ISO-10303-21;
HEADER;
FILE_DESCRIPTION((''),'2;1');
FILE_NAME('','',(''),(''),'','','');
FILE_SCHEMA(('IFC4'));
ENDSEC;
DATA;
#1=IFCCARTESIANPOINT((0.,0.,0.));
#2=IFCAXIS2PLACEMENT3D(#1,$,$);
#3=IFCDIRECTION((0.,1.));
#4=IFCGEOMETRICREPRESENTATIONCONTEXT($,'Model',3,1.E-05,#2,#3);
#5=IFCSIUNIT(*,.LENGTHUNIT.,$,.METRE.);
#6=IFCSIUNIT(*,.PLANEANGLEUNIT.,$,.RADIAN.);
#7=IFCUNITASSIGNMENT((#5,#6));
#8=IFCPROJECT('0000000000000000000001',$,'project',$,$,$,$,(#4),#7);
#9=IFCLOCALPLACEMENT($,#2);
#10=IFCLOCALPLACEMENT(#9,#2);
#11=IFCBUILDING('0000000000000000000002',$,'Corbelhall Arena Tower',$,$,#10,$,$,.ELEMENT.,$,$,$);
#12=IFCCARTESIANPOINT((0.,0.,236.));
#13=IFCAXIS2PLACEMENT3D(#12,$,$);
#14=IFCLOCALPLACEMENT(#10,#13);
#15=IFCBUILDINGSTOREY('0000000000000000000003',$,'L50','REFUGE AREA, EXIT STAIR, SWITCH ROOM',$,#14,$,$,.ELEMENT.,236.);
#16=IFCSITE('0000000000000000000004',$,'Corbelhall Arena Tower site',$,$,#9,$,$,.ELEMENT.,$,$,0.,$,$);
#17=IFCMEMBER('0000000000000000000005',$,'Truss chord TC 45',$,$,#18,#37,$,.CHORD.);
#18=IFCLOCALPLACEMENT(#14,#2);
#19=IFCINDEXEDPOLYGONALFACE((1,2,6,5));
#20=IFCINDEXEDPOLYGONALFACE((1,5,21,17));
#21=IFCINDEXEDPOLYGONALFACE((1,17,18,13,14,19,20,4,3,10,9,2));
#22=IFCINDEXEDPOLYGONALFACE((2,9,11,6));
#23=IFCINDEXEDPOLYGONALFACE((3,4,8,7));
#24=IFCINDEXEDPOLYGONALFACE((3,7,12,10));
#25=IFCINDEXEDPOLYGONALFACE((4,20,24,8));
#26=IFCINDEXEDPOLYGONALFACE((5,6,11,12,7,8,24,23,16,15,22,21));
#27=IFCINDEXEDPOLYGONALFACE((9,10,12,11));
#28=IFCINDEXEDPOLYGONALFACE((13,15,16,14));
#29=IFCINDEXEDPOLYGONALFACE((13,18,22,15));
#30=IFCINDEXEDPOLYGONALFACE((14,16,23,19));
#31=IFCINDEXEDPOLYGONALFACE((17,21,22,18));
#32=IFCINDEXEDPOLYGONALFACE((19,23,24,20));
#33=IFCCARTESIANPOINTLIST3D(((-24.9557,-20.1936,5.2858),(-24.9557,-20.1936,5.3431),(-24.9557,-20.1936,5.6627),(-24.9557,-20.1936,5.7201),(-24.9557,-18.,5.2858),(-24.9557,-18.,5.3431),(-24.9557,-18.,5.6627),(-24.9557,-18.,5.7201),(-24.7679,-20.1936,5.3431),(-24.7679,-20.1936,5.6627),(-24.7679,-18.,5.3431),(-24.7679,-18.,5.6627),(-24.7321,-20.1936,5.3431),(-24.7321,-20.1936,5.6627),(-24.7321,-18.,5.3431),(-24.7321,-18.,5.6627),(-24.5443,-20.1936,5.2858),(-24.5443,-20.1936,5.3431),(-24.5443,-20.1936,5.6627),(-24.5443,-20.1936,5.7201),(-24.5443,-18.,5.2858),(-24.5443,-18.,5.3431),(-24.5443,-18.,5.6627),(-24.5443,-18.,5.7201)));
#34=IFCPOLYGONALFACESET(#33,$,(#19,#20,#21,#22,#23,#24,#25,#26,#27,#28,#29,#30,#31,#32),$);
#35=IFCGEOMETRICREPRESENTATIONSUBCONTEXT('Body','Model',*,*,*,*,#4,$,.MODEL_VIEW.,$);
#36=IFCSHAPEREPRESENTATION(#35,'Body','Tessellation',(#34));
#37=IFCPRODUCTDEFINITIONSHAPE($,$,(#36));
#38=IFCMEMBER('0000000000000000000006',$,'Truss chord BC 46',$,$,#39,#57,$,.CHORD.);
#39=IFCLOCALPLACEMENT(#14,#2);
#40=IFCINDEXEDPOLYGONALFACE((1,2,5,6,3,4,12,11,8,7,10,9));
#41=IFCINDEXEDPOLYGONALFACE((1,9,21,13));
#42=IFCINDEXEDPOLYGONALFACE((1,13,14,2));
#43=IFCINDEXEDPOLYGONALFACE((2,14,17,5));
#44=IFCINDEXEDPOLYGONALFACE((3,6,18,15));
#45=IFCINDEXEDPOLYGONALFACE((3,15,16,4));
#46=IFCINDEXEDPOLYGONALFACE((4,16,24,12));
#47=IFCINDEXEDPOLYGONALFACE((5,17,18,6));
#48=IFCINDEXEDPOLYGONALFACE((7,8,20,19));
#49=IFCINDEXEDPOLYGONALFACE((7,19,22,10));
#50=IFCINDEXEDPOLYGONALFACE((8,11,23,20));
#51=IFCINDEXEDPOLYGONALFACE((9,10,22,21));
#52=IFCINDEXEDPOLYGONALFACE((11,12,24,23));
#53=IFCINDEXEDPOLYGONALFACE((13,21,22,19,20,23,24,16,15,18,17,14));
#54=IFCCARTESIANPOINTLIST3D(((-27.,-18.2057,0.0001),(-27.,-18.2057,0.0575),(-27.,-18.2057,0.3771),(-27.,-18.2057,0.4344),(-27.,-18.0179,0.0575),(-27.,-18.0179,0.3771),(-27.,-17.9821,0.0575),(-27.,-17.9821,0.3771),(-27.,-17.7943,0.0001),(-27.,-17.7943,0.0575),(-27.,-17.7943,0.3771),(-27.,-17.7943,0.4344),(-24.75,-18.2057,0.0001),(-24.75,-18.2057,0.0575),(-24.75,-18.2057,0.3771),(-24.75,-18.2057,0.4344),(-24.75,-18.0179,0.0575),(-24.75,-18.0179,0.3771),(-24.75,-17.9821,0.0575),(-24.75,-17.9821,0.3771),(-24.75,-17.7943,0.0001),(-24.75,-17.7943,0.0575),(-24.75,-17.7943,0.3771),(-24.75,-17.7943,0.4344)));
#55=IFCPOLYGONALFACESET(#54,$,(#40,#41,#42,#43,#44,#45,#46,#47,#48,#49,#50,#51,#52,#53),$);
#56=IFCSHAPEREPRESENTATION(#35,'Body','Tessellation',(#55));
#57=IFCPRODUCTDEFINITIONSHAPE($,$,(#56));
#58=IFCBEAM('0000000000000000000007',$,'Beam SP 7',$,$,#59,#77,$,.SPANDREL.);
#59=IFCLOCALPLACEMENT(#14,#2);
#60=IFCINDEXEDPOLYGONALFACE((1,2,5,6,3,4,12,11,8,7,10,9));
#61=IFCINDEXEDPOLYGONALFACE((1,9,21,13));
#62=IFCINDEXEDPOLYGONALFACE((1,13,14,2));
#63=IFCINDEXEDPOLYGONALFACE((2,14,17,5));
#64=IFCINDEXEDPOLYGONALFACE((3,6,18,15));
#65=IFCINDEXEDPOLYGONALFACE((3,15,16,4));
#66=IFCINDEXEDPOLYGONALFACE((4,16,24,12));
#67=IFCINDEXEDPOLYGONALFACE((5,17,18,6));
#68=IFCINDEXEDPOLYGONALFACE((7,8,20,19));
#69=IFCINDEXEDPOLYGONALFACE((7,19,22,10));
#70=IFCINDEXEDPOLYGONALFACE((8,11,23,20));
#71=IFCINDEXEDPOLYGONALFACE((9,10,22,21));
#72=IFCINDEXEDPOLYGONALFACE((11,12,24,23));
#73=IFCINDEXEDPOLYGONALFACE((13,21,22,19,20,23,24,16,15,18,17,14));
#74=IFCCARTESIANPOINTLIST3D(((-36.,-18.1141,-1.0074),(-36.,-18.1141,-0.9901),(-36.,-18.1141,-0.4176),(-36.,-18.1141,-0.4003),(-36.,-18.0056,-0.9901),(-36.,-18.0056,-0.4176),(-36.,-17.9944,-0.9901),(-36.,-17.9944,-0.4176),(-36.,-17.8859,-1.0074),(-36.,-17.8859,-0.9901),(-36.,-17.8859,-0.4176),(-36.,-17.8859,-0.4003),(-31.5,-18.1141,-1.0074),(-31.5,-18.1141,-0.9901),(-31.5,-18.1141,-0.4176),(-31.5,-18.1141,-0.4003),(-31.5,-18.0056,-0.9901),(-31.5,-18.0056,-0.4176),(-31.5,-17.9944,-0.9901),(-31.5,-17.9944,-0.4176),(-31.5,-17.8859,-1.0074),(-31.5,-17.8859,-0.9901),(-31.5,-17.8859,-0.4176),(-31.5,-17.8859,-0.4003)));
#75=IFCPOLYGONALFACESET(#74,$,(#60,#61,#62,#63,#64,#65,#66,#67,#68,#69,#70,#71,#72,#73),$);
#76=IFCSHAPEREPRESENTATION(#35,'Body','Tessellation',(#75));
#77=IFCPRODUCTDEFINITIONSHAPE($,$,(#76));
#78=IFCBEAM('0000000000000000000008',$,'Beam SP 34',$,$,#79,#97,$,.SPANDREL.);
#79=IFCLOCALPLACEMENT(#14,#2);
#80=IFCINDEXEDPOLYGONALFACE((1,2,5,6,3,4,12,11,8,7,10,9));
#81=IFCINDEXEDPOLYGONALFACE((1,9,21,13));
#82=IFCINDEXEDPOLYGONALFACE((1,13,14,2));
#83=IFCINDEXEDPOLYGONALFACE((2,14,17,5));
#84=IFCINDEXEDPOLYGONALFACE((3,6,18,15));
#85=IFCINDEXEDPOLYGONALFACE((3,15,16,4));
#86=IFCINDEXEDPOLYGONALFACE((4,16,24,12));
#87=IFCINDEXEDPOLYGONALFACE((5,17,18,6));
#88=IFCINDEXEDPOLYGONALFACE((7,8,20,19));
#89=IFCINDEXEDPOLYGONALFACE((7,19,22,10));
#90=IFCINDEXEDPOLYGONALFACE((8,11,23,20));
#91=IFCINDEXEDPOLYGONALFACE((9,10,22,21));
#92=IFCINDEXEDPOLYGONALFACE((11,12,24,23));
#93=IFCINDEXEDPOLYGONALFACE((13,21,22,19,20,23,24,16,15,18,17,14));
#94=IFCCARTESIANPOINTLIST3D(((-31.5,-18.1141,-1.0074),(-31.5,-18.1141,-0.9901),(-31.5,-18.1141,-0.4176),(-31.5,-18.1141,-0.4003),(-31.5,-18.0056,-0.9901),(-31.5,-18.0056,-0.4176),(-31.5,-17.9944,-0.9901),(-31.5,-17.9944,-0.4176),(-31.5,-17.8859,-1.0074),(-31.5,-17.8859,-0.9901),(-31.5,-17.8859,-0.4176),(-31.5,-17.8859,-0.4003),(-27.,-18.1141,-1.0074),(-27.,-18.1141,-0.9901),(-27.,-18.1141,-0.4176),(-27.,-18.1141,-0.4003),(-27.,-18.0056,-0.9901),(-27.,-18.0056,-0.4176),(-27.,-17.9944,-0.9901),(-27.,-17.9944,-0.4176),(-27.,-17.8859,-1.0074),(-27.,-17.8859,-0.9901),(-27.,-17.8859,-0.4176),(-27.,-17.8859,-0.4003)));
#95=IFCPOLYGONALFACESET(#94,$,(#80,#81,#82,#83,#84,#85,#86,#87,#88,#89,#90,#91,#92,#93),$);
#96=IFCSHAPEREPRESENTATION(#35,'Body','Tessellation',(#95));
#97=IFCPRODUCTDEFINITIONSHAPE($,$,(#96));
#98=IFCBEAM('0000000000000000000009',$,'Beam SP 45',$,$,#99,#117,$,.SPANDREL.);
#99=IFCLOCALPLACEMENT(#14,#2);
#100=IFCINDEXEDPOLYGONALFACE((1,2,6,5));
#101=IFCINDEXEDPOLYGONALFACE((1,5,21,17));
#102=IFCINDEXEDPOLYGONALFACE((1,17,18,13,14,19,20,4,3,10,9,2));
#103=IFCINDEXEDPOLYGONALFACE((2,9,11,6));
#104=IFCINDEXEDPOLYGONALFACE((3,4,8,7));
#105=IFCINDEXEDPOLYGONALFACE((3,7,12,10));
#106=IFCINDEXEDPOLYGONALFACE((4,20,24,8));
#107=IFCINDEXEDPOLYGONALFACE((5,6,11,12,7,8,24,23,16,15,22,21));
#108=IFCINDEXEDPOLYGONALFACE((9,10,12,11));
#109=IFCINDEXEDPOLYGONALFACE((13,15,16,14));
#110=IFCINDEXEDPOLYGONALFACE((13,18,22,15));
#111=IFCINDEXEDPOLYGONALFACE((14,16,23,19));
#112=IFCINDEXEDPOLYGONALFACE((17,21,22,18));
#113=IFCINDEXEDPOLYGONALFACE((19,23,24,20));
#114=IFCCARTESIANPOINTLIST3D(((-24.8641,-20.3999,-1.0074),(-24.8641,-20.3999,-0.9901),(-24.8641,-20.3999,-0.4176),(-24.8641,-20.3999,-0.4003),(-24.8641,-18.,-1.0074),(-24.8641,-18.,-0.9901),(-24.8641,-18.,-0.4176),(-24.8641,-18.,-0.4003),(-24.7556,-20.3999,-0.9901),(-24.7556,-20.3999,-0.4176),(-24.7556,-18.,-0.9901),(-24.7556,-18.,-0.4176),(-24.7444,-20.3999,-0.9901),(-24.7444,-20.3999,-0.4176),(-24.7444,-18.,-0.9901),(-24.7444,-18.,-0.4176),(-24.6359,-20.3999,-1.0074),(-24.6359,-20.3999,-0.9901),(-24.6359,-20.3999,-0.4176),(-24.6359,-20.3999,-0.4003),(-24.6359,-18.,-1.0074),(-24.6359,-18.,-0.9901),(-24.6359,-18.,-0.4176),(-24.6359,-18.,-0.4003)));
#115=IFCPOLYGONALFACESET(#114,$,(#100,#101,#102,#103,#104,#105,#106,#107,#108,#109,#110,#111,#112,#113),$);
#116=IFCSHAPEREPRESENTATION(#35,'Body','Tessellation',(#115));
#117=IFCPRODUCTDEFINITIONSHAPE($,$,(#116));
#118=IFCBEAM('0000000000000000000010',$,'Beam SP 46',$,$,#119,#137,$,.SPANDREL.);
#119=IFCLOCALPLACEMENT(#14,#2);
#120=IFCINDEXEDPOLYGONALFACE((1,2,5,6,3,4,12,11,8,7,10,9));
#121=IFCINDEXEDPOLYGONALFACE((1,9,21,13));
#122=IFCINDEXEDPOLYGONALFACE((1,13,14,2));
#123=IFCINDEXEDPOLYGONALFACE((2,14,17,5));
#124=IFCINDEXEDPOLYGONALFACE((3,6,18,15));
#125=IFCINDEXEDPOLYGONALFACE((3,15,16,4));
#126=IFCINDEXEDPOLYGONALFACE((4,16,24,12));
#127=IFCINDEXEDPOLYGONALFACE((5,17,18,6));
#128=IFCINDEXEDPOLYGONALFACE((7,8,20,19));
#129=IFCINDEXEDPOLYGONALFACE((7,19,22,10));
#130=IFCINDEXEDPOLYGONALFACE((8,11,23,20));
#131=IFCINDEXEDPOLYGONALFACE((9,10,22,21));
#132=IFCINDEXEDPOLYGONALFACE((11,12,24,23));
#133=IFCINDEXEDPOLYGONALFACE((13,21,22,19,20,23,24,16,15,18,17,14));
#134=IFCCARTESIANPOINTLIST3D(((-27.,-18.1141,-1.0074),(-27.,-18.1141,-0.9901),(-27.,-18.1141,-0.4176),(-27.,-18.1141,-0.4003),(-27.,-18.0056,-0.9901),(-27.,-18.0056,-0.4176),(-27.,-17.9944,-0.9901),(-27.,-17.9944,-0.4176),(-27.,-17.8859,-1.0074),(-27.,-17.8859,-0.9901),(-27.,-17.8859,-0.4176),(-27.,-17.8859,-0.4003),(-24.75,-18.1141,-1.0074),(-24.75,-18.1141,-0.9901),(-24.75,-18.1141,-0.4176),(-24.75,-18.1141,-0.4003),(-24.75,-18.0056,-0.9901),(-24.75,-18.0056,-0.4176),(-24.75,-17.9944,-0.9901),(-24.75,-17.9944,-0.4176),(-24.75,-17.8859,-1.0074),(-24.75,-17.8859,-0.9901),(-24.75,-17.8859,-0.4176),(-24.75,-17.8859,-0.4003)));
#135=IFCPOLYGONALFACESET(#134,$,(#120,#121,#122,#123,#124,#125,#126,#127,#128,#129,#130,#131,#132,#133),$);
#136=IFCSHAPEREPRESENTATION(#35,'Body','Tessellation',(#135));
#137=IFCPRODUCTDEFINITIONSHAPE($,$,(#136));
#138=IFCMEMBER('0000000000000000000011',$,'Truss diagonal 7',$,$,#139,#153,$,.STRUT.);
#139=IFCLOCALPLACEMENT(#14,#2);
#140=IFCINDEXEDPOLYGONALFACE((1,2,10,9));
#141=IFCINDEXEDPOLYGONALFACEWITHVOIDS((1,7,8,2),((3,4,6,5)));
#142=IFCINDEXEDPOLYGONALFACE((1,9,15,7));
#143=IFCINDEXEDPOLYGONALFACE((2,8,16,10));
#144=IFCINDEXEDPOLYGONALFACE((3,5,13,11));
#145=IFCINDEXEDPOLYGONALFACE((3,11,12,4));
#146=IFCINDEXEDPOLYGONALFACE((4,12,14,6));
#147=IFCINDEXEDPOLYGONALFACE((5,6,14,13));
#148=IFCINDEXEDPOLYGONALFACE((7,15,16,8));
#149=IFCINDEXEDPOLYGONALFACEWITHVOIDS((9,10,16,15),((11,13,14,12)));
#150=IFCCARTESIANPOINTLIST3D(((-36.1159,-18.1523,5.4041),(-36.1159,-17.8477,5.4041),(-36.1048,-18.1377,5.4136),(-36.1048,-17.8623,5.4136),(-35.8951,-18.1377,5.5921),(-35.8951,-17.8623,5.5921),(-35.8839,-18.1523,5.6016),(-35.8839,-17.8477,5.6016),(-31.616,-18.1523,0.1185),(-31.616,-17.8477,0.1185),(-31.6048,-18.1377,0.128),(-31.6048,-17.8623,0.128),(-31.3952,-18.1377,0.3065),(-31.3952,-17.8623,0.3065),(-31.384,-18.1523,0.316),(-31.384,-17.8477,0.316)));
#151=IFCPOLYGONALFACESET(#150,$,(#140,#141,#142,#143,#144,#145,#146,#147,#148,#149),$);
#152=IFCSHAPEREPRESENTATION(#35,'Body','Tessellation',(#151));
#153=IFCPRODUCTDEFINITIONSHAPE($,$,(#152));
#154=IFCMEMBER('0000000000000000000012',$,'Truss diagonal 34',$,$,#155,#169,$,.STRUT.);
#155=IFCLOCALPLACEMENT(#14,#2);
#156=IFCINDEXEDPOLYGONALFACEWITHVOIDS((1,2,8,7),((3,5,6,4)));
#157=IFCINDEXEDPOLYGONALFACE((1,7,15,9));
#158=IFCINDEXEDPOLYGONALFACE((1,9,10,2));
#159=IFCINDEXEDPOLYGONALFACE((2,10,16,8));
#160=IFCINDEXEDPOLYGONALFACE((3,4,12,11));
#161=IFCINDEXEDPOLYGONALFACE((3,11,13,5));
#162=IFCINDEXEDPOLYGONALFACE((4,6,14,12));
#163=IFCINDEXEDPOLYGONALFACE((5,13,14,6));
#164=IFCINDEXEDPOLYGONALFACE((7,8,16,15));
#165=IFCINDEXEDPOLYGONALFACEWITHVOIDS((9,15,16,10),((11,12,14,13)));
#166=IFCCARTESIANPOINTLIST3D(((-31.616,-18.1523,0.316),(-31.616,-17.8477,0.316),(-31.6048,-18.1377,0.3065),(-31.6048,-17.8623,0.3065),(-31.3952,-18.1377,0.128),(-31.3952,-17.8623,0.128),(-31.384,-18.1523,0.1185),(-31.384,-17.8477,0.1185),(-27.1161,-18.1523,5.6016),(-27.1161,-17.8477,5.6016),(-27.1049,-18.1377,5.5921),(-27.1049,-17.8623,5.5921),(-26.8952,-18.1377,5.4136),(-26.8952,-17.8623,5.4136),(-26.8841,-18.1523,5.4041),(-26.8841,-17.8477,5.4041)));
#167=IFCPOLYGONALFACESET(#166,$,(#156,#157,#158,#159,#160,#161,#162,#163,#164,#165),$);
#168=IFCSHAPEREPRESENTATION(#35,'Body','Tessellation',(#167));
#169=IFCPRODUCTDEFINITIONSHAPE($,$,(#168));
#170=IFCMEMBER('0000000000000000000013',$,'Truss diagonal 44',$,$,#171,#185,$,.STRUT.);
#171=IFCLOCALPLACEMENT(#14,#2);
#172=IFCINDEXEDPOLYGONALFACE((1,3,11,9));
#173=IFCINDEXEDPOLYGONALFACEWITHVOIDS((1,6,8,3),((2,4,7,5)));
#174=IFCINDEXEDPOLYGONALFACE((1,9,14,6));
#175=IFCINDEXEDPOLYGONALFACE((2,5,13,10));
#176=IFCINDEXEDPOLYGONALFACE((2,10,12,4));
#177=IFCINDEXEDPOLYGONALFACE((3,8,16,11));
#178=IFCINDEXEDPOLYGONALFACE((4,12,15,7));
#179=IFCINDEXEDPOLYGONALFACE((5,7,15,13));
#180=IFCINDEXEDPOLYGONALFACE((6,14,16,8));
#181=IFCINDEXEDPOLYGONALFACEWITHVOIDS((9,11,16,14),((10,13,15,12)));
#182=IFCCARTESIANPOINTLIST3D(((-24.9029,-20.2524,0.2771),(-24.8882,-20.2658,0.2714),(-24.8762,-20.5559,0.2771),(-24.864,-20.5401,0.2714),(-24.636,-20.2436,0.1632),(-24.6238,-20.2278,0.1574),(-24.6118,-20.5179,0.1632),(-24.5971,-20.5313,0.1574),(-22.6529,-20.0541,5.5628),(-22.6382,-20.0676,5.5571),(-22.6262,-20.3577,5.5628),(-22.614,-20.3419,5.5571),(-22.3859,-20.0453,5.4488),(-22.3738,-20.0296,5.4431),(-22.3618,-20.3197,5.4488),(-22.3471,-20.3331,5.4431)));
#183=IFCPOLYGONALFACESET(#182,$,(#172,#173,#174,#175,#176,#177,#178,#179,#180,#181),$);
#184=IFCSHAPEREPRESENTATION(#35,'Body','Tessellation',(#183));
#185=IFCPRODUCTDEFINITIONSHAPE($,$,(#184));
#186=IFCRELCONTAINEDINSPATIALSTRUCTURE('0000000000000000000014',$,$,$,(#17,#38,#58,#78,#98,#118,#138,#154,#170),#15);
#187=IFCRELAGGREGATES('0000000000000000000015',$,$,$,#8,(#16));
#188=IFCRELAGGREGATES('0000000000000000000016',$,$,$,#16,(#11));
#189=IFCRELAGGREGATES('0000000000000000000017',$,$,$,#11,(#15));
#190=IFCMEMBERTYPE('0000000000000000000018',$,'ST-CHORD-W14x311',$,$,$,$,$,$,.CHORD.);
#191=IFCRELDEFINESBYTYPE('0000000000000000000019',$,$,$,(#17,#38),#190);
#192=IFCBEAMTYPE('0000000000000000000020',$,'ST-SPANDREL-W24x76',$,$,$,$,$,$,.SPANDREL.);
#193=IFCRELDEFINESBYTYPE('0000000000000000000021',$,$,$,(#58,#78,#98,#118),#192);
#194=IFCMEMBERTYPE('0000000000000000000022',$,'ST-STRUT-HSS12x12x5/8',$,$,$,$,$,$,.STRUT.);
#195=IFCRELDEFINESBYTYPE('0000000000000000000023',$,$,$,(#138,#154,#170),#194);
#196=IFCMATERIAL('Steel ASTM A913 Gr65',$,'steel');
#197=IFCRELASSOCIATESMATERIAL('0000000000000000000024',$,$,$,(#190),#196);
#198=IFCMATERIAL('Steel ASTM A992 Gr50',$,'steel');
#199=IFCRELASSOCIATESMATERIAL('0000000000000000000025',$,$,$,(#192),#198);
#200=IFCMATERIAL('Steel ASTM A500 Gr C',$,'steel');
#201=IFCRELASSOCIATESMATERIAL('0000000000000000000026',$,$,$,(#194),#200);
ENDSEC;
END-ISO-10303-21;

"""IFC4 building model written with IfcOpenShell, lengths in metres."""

from ifc_helpers import new_model, si_unit, direction, frame, origin, origin_2d, place, context, subcontext, project, spatial, hollow_rectangle, i_section, extrude, material, material_profile, profile_set, type_object, element, save


model = new_model("IFC4")

# Units and contexts
model_context = context("Model", 3, precision=1e-05, world=origin(), true_north=direction((0.0, 1.0)))
body_context = subcontext(model_context, "Body", "Model", "MODEL_VIEW")
ifc_project = project(units=[si_unit("LENGTHUNIT", "METRE"), si_unit("PLANEANGLEUNIT", "RADIAN")], contexts=[model_context])

# Site, building, storey
site_placement = place(None, origin())
site = spatial("IfcSite", under=ifc_project, at=site_placement, Name="Corbelhall Arena Tower site", CompositionType="ELEMENT", RefElevation=0.0)
building_placement = place(site_placement, origin())
building = spatial("IfcBuilding", under=site, at=building_placement, Name="Corbelhall Arena Tower", CompositionType="ELEMENT")
storey_placement = place(building_placement, frame((0.0, 0.0, 236.0)))
storey = spatial("IfcBuildingStorey", under=building, at=storey_placement, Name="L50", Description="REFUGE AREA, EXIT STAIR, SWITCH ROOM", CompositionType="ELEMENT", Elevation=236.0)

# Members
ifc_material_1 = material(Name="Steel ASTM A913 Gr65", Category="steel")
ifc_material_profile_1 = material_profile(ifc_material_1, i_section(OverallWidth=0.4114, OverallDepth=0.4343, WebThickness=0.0359, FlangeThickness=0.0574, at=origin_2d()))
ifc_profile_set_1 = profile_set([ifc_material_profile_1], Name="Steel ASTM A913 Gr65")
member_type_1 = type_object("IfcMemberType", Name="ST-CHORD-W14x311", PredefinedType="CHORD", material=ifc_profile_set_1)
member_1_placement = place(storey_placement, frame((-24.75, -20.1936, 5.5029), z_axis=(0.0, 1.0, 0.0), x_axis=(-1.0, 0.0, 0.0)))
element("IfcMember", 1, at=member_1_placement, inside=storey, type_object=member_type_1, Name="Truss chord TC 45", PredefinedType="CHORD", context=body_context, shape_type="SweptSolid", body=[
    extrude(i_section(OverallWidth=0.4114, OverallDepth=0.4343, WebThickness=0.0359, FlangeThickness=0.0574, at=origin_2d()), origin(), (0.0, 0.0, 1.0), 2.1936),
])
member_2_placement = place(storey_placement, frame((-24.75, -18.0, 0.2173), z_axis=(-1.0, 0.0, 0.0), x_axis=(0.0, -1.0, 0.0)))
element("IfcMember", 2, at=member_2_placement, inside=storey, type_object=member_type_1, Name="Truss chord BC 46", PredefinedType="CHORD", context=body_context, shape_type="SweptSolid", body=[
    extrude(i_section(OverallWidth=0.4114, OverallDepth=0.4343, WebThickness=0.0359, FlangeThickness=0.0574, at=origin_2d()), origin(), (0.0, 0.0, 1.0), 2.25),
])

# Beams
ifc_material_2 = material(Name="Steel ASTM A992 Gr50", Category="steel")
ifc_material_profile_2 = material_profile(ifc_material_2, i_section(OverallWidth=0.2283, OverallDepth=0.6072, WebThickness=0.0112, FlangeThickness=0.0173, at=origin_2d()))
ifc_profile_set_2 = profile_set([ifc_material_profile_2], Name="Steel ASTM A992 Gr50")
beam_type = type_object("IfcBeamType", Name="ST-SPANDREL-W24x76", PredefinedType="SPANDREL", material=ifc_profile_set_2)
for number, where, z_axis, x_axis, name in (
    (3, (-31.5, -18.0, -0.7039), (-1.0, 0.0, 0.0), (0.0, -1.0, 0.0), "Beam SP 7"),
    (4, (-27.0, -18.0, -0.7039), (-1.0, 0.0, 0.0), (0.0, -1.0, 0.0), "Beam SP 34"),
):
    element("IfcBeam", number, at=place(storey_placement, frame(where, z_axis=z_axis, x_axis=x_axis)), inside=storey, type_object=beam_type, Name=name, PredefinedType="SPANDREL", context=body_context, shape_type="SweptSolid", body=[
        extrude(i_section(OverallWidth=0.2283, OverallDepth=0.6072, WebThickness=0.0112, FlangeThickness=0.0173, at=origin_2d()), origin(), (0.0, 0.0, 1.0), 4.5),
    ])
beam_1_placement = place(storey_placement, frame((-24.75, -20.3999, -0.7039), z_axis=(0.0, 1.0, 0.0), x_axis=(-1.0, 0.0, 0.0)))
element("IfcBeam", 5, at=beam_1_placement, inside=storey, type_object=beam_type, Name="Beam SP 45", PredefinedType="SPANDREL", context=body_context, shape_type="SweptSolid", body=[
    extrude(i_section(OverallWidth=0.2283, OverallDepth=0.6072, WebThickness=0.0112, FlangeThickness=0.0173, at=origin_2d()), origin(), (0.0, 0.0, 1.0), 2.3999),
])
beam_2_placement = place(storey_placement, frame((-24.75, -18.0, -0.7039), z_axis=(-1.0, 0.0, 0.0), x_axis=(0.0, -1.0, 0.0)))
element("IfcBeam", 6, at=beam_2_placement, inside=storey, type_object=beam_type, Name="Beam SP 46", PredefinedType="SPANDREL", context=body_context, shape_type="SweptSolid", body=[
    extrude(i_section(OverallWidth=0.2283, OverallDepth=0.6072, WebThickness=0.0112, FlangeThickness=0.0173, at=origin_2d()), origin(), (0.0, 0.0, 1.0), 2.25),
])

# Members
ifc_material_3 = material(Name="Steel ASTM A500 Gr C", Category="steel")
ifc_material_profile_3 = material_profile(ifc_material_3, hollow_rectangle(XDim=0.3047, YDim=0.3047, WallThickness=0.0146, at=origin_2d()))
ifc_profile_set_3 = profile_set([ifc_material_profile_3], Name="Steel ASTM A500 Gr C")
member_type_2 = type_object("IfcMemberType", Name="ST-STRUT-HSS12x12x5/8", PredefinedType="STRUT", material=ifc_profile_set_3)
for number, where, z_axis, x_axis, name in (
    (7, (-31.5, -18.0, 0.2173), (-0.648251, 0.0, 0.761427), (0.0, -1.0, 0.0), "Truss diagonal 7"),
    (8, (-31.5, -18.0, 0.2173), (0.648251, 0.0, 0.761427), (0.0, 1.0, 0.0), "Truss diagonal 34"),
):
    element("IfcMember", number, at=place(storey_placement, frame(where, z_axis=z_axis, x_axis=x_axis)), inside=storey, type_object=member_type_2, Name=name, PredefinedType="STRUT", context=body_context, shape_type="SweptSolid", body=[
        extrude(hollow_rectangle(XDim=0.3047, YDim=0.3047, WallThickness=0.0146, at=origin_2d()), origin(), (0.0, 0.0, 1.0), 6.9417),
    ])
member_3_placement = place(storey_placement, frame((-24.75, -20.3918, 0.2173), z_axis=(0.391439, 0.034489, 0.919558), x_axis=(-0.087768, 0.996141, 0.0)))
element("IfcMember", 9, at=member_3_placement, inside=storey, type_object=member_type_2, Name="Truss diagonal 44", PredefinedType="STRUT", context=body_context, shape_type="SweptSolid", body=[
    extrude(hollow_rectangle(XDim=0.3047, YDim=0.3047, WallThickness=0.0146, at=origin_2d()), origin(), (0.0, 0.0, 1.0), 5.748),
])

save(model, "model.ifc")
